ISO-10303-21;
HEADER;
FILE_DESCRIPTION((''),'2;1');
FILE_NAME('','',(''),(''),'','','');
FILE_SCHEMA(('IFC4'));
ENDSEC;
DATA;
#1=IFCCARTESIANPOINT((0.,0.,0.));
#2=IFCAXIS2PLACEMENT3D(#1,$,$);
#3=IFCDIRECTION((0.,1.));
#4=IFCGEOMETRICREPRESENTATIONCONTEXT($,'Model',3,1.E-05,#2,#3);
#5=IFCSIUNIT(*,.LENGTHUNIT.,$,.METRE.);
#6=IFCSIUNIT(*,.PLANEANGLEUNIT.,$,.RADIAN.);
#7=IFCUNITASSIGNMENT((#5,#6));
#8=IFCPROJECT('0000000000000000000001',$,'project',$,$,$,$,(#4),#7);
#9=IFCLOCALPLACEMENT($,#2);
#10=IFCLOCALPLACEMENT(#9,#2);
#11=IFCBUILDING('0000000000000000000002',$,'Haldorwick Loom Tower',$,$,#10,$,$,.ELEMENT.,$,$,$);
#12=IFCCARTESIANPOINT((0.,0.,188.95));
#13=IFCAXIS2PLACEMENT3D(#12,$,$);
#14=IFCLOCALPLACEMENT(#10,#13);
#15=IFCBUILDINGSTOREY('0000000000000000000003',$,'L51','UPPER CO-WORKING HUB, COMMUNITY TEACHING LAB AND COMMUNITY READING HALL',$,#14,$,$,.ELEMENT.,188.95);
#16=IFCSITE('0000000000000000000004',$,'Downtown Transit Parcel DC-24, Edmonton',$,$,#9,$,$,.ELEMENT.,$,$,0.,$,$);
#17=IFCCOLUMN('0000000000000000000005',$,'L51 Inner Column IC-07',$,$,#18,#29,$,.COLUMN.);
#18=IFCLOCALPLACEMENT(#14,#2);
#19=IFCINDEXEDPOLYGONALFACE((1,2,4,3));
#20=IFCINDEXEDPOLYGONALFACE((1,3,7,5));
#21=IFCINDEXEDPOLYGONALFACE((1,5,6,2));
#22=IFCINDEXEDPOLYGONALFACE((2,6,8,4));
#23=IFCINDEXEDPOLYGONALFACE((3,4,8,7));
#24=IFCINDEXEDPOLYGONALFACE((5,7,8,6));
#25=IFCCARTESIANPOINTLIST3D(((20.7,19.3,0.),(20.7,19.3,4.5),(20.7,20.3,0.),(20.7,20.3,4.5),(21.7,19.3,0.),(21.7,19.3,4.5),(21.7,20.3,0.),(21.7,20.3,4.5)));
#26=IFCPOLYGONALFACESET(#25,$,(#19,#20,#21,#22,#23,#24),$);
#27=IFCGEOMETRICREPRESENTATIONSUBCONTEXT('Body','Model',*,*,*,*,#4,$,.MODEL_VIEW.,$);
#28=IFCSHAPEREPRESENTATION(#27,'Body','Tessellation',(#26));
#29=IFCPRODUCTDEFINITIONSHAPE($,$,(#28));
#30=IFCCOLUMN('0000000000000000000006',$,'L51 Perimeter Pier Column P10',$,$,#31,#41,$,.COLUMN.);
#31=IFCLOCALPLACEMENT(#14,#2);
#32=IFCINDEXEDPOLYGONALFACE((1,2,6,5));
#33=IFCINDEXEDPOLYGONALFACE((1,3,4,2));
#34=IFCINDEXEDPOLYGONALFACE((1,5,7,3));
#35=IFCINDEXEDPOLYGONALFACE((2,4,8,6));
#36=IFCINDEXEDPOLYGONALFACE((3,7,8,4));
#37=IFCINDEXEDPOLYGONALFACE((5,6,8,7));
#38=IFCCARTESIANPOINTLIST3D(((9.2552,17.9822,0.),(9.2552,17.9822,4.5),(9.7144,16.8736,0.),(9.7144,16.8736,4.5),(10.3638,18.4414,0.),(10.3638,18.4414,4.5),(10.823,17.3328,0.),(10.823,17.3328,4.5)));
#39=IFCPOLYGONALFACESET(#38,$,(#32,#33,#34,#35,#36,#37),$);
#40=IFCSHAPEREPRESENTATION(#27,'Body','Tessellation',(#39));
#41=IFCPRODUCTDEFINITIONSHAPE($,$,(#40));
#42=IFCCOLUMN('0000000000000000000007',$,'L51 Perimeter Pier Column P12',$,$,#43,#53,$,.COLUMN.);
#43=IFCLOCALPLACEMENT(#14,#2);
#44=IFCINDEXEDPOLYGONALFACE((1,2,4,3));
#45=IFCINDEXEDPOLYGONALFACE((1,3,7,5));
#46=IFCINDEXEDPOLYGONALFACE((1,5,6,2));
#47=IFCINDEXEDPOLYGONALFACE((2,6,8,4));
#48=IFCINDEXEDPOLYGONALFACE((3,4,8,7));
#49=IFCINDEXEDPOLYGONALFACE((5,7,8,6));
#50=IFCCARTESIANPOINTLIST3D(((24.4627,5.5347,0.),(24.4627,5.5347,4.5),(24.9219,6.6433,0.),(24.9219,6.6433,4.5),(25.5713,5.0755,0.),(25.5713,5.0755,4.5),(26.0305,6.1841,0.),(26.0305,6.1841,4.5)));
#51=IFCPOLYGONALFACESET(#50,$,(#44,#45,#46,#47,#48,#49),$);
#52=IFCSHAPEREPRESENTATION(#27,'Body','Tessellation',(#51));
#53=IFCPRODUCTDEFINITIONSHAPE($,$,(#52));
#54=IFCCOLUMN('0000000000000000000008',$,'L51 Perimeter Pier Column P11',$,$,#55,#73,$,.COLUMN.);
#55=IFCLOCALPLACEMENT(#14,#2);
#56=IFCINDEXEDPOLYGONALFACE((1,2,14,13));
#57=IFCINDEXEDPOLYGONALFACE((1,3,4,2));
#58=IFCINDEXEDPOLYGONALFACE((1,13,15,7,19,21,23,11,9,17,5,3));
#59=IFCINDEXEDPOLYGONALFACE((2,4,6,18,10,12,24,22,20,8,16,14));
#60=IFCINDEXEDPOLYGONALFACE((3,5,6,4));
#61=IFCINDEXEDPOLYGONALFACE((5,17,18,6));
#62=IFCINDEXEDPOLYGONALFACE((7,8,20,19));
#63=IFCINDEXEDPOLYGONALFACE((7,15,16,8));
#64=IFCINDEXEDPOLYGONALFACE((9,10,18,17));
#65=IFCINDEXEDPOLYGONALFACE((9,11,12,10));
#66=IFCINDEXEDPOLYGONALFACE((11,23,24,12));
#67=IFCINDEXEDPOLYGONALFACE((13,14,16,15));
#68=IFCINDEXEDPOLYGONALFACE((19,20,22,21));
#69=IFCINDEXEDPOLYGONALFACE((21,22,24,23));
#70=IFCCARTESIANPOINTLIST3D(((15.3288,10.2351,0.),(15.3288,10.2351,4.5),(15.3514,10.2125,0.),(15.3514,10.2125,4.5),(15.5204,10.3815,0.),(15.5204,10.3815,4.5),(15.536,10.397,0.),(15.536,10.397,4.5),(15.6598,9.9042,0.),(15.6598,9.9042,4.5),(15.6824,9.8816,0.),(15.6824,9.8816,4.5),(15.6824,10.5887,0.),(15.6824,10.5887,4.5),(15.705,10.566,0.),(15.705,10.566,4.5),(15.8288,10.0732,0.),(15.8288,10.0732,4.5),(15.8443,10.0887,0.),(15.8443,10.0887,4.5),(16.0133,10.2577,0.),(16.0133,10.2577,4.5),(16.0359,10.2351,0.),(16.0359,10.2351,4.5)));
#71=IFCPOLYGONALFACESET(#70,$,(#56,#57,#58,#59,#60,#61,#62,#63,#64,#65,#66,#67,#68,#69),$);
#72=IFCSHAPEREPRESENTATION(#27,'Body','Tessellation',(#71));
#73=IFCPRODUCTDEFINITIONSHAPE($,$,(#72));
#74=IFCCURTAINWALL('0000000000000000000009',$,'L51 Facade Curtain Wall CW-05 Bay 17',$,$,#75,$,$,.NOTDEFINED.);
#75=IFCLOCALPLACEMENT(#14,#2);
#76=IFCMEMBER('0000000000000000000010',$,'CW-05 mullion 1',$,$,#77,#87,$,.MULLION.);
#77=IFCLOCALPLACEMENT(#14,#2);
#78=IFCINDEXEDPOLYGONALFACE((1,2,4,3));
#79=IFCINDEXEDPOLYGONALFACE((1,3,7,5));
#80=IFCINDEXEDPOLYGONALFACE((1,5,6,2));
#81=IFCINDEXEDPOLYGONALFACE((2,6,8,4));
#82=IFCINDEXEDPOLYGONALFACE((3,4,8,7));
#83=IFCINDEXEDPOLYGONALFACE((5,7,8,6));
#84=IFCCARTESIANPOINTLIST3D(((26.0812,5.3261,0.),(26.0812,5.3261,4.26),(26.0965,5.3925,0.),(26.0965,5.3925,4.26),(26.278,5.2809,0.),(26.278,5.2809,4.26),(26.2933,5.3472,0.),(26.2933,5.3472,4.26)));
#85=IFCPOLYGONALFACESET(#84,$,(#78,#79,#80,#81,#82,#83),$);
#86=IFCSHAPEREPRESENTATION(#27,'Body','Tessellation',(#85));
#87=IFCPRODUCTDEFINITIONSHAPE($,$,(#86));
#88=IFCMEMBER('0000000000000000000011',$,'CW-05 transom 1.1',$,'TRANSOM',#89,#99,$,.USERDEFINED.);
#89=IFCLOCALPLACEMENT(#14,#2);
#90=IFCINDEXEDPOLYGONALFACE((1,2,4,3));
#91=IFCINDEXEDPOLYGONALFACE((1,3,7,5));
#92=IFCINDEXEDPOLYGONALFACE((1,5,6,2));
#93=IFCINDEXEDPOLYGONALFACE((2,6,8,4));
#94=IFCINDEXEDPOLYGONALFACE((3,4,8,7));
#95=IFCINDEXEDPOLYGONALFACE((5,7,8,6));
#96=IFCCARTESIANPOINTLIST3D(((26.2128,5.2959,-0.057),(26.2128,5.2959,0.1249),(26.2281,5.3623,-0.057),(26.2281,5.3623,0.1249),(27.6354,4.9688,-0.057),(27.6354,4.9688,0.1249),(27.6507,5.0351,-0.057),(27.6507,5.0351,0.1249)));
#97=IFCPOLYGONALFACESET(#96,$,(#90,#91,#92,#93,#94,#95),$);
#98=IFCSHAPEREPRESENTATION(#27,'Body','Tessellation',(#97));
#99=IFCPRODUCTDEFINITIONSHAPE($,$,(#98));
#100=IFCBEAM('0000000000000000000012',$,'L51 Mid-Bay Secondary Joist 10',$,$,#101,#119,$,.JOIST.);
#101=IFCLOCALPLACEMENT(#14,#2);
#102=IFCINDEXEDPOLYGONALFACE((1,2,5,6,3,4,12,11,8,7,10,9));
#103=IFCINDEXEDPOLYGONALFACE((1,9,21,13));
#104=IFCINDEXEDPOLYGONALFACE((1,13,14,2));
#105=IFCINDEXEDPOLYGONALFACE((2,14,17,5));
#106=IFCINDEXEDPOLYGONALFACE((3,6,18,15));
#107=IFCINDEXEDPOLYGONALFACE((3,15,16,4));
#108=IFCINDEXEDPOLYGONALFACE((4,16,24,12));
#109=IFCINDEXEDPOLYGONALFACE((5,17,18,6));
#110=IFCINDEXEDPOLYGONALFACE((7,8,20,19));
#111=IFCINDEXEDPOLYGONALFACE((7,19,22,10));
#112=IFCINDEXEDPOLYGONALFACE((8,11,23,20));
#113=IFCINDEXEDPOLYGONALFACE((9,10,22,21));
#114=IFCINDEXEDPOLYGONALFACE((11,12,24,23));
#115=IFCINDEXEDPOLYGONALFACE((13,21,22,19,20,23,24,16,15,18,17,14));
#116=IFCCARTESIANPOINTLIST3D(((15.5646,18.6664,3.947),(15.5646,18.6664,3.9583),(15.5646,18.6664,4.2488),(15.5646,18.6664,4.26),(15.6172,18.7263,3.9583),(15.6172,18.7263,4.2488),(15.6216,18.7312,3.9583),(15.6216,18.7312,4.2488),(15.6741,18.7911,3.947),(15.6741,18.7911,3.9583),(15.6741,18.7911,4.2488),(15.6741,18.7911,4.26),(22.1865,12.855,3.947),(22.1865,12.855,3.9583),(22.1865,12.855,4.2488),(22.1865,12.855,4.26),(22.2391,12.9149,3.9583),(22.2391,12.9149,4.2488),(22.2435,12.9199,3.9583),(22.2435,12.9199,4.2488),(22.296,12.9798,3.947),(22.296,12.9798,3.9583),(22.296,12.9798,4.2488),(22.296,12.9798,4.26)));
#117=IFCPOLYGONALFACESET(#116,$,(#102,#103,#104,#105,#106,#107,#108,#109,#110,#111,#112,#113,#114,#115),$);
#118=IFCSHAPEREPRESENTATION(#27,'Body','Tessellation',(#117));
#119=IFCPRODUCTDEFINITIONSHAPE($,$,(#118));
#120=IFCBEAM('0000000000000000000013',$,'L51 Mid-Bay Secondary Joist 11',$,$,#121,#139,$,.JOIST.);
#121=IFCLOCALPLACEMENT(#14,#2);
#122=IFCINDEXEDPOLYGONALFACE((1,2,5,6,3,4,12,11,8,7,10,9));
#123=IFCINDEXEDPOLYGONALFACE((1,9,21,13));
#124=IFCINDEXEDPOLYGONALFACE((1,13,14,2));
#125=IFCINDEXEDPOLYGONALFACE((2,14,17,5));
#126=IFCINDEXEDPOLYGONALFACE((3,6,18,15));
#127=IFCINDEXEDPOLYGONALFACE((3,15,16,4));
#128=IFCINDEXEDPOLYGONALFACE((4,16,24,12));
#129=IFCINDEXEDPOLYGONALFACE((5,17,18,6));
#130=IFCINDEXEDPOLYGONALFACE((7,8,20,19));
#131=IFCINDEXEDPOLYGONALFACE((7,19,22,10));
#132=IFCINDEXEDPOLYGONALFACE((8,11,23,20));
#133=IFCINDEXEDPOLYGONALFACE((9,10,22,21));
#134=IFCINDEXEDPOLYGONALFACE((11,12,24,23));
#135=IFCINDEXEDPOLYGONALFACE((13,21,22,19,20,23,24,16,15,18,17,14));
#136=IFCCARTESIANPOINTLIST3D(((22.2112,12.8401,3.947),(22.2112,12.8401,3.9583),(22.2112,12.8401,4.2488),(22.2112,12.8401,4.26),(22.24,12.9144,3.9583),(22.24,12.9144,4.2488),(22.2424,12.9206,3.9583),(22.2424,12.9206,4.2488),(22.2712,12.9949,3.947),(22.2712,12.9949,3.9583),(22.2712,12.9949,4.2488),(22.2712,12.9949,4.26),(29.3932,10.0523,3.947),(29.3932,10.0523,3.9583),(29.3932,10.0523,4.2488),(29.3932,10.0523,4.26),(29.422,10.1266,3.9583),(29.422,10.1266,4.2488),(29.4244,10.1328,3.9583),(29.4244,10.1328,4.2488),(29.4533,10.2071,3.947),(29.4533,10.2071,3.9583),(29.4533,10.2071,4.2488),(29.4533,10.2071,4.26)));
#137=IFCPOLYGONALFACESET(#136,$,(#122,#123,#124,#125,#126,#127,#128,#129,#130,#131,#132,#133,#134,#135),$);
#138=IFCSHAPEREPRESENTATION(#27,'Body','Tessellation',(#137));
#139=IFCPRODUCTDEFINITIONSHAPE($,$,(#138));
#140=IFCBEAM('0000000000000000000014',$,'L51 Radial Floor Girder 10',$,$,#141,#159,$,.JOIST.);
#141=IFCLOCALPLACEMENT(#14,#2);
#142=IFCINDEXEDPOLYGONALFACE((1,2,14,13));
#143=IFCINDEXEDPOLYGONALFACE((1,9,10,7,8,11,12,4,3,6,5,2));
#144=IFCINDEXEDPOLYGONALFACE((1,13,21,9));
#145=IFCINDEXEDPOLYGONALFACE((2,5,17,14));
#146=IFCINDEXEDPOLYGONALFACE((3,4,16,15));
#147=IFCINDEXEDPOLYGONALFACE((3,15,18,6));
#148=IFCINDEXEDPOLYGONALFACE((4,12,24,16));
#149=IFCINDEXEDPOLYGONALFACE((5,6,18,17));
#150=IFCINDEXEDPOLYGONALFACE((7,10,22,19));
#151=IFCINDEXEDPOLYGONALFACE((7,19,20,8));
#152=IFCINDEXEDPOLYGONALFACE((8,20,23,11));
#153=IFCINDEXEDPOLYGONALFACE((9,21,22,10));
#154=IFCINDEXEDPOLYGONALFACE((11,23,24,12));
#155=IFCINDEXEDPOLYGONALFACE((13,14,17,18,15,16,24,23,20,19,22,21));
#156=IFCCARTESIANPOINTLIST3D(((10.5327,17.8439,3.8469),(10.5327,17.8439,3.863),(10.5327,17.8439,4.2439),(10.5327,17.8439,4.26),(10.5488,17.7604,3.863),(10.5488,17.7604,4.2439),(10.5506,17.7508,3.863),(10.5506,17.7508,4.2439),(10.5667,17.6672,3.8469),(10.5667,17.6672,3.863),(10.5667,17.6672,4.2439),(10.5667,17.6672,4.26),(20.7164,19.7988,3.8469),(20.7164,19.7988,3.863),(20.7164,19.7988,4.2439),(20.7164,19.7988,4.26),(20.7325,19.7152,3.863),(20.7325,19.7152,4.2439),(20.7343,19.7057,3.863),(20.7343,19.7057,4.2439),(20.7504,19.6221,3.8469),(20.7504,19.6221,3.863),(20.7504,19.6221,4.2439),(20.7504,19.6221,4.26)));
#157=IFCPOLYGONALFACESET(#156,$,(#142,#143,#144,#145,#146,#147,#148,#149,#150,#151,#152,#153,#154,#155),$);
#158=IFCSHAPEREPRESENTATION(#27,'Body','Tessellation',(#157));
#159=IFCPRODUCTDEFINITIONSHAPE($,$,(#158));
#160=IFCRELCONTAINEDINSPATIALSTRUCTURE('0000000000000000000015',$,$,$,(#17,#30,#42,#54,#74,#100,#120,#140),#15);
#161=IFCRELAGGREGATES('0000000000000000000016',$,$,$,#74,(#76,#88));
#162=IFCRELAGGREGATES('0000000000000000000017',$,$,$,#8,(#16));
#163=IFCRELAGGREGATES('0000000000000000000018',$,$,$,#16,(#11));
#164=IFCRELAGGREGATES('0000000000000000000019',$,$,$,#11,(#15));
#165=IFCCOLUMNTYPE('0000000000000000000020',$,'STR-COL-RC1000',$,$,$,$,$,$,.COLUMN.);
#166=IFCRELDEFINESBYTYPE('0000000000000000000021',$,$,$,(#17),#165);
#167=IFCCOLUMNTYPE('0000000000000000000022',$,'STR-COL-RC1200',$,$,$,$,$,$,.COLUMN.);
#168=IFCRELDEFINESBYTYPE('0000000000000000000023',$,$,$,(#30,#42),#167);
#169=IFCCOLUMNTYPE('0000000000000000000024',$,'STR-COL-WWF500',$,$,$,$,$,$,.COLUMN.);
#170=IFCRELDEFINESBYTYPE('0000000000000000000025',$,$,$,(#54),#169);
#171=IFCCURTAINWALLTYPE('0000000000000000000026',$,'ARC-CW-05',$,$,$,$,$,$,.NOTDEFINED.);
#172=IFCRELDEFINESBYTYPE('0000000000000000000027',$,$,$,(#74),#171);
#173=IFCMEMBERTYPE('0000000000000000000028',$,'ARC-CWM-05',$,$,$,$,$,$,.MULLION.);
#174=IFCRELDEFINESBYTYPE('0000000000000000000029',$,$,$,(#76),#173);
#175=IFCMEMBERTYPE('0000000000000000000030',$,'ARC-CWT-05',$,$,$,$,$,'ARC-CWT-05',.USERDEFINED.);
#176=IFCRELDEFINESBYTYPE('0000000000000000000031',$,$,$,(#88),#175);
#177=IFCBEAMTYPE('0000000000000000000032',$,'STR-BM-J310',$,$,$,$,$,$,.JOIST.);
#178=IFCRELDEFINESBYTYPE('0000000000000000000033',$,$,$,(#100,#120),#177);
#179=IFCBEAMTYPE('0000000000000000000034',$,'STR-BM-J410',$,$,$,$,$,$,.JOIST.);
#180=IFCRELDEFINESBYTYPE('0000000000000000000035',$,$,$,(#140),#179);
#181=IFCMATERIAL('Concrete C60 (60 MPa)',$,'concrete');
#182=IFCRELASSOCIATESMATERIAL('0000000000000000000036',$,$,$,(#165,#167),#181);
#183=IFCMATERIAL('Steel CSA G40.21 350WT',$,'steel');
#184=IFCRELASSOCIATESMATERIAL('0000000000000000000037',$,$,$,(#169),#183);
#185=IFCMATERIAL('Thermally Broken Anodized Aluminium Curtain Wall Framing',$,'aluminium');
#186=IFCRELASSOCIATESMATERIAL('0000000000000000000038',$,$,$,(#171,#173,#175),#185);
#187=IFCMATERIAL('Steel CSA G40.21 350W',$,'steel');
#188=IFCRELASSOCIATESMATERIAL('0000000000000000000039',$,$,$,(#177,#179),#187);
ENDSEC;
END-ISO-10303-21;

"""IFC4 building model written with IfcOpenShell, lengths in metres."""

from ifc_helpers import new_model, si_unit, direction, frame, origin, origin_2d, place, context, subcontext, project, spatial, rectangle, i_section, extrude, material, material_profile, profile_set, type_object, element, aggregate, save


model = new_model("IFC4")

# Units and contexts
model_context = context("Model", 3, precision=1e-05, world=origin(), true_north=direction((0.0, 1.0)))
body_context = subcontext(model_context, "Body", "Model", "MODEL_VIEW")
ifc_project = project(units=[si_unit("LENGTHUNIT", "METRE"), si_unit("PLANEANGLEUNIT", "RADIAN")], contexts=[model_context])

# Site, building, storey
site_placement = place(None, origin())
site = spatial("IfcSite", under=ifc_project, at=site_placement, Name="Downtown Transit Parcel DC-24, Edmonton", CompositionType="ELEMENT", RefElevation=0.0)
building_placement = place(site_placement, origin())
building = spatial("IfcBuilding", under=site, at=building_placement, Name="Haldorwick Loom Tower", CompositionType="ELEMENT")
storey_placement = place(building_placement, frame((0.0, 0.0, 188.95)))
storey = spatial("IfcBuildingStorey", under=building, at=storey_placement, Name="L51", Description="UPPER CO-WORKING HUB, COMMUNITY TEACHING LAB AND COMMUNITY READING HALL", CompositionType="ELEMENT", Elevation=188.95)

# Columns
ifc_material_1 = material(Name="Concrete C60 (60 MPa)", Category="concrete")
ifc_material_profile_1 = material_profile(ifc_material_1, rectangle(XDim=1.0, YDim=1.0, at=origin_2d()), Name="RC1000X1000", Category="concrete")
ifc_profile_set_1 = profile_set([ifc_material_profile_1], Name="Concrete C60 (60 MPa)")
column_type_1 = type_object("IfcColumnType", Name="STR-COL-RC1000", PredefinedType="COLUMN", material=ifc_profile_set_1)
column_1_placement = place(storey_placement, frame((21.2, 19.8, 0.0), z_axis=(0.0, 0.0, 1.0), x_axis=(1.0, 0.0, 0.0)))
element("IfcColumn", 1, at=column_1_placement, inside=storey, type_object=column_type_1, Name="L51 Inner Column IC-07", PredefinedType="COLUMN", context=body_context, shape_type="SweptSolid", body=[
    extrude(rectangle(XDim=1.0, YDim=1.0, at=origin_2d()), origin(), (0.0, 0.0, 1.0), 4.5),
])
ifc_material_profile_2 = material_profile(ifc_material_1, rectangle(XDim=1.2, YDim=1.2, at=origin_2d()), Name="RC1200X1200", Category="concrete")
ifc_profile_set_2 = profile_set([ifc_material_profile_2], Name="Concrete C60 (60 MPa)")
column_type_2 = type_object("IfcColumnType", Name="STR-COL-RC1200", PredefinedType="COLUMN", material=ifc_profile_set_2)
for number, where, z_axis, x_axis, name in (
    (2, (10.0391, 17.6575, 0.0), (0.0, 0.0, 1.0), (-0.92388, -0.382683, 0.0), "L51 Perimeter Pier Column P10"),
    (3, (25.2466, 5.8594, 0.0), (0.0, 0.0, 1.0), (-0.382683, -0.92388, 0.0), "L51 Perimeter Pier Column P12"),
):
    element("IfcColumn", number, at=place(storey_placement, frame(where, z_axis=z_axis, x_axis=x_axis)), inside=storey, type_object=column_type_2, Name=name, PredefinedType="COLUMN", context=body_context, shape_type="SweptSolid", body=[
        extrude(rectangle(XDim=1.2, YDim=1.2, at=origin_2d()), origin(), (0.0, 0.0, 1.0), 4.5),
    ])
ifc_material_2 = material(Name="Steel CSA G40.21 350WT", Category="steel")
ifc_material_profile_3 = material_profile(ifc_material_2, i_section(OverallWidth=0.5, OverallDepth=0.5, WebThickness=0.022, FlangeThickness=0.032, at=origin_2d()), Name="WWF500X500", Category="steel")
ifc_profile_set_3 = profile_set([ifc_material_profile_3], Name="Steel CSA G40.21 350WT")
column_type_3 = type_object("IfcColumnType", Name="STR-COL-WWF500", PredefinedType="COLUMN", material=ifc_profile_set_3)
column_2_placement = place(storey_placement, frame((15.6824, 10.2351, 0.0), z_axis=(0.0, 0.0, 1.0), x_axis=(-0.707107, -0.707107, 0.0)))
element("IfcColumn", 4, at=column_2_placement, inside=storey, type_object=column_type_3, Name="L51 Perimeter Pier Column P11", PredefinedType="COLUMN", context=body_context, shape_type="SweptSolid", body=[
    extrude(i_section(OverallWidth=0.5, OverallDepth=0.5, WebThickness=0.022, FlangeThickness=0.032, at=origin_2d()), origin(), (0.0, 0.0, 1.0), 4.5),
])

# Curtain wall, members
ifc_material_3 = material(Name="Thermally Broken Anodized Aluminium Curtain Wall Framing", Category="aluminium")
curtain_wall_type = type_object("IfcCurtainWallType", Name="ARC-CW-05", PredefinedType="NOTDEFINED", material=ifc_material_3)
curtain_wall_placement = place(storey_placement, origin())
curtain_wall = element("IfcCurtainWall", 5, at=curtain_wall_placement, inside=storey, type_object=curtain_wall_type, Name="L51 Facade Curtain Wall CW-05 Bay 17", PredefinedType="NOTDEFINED")
ifc_material_profile_4 = material_profile(ifc_material_3, rectangle(XDim=0.0681, YDim=0.2019, at=origin_2d()), Name="ALU_MUL_68X202", Category="aluminium")
ifc_profile_set_4 = profile_set([ifc_material_profile_4], Name="Thermally Broken Anodized Aluminium Curtain Wall Framing")
member_type_1 = type_object("IfcMemberType", Name="ARC-CWM-05", PredefinedType="MULLION", material=ifc_profile_set_4)
member_1_placement = place(storey_placement, frame((26.1873, 5.3367, 0.0), z_axis=(0.0, 0.0, 1.0), x_axis=(0.224142, 0.974557, 0.0)))
member_1 = element("IfcMember", 6, at=member_1_placement, type_object=member_type_1, Name="CW-05 mullion 1", PredefinedType="MULLION", context=body_context, shape_type="SweptSolid", body=[
    extrude(rectangle(XDim=0.0681, YDim=0.2019, at=origin_2d()), origin(), (0.0, 0.0, 1.0), 4.26),
])
ifc_material_profile_5 = material_profile(ifc_material_3, rectangle(XDim=0.0681, YDim=0.1819, at=origin_2d()), Name="ALU_TRN_68X182", Category="aluminium")
ifc_profile_set_5 = profile_set([ifc_material_profile_5], Name="Thermally Broken Anodized Aluminium Curtain Wall Framing")
member_type_2 = type_object("IfcMemberType", Name="ARC-CWT-05", ElementType="ARC-CWT-05", PredefinedType="USERDEFINED", material=ifc_profile_set_5)
member_2_placement = place(storey_placement, frame((26.2205, 5.3291, 0.0339), z_axis=(0.974563, -0.224114, 0.0), x_axis=(0.224114, 0.974563, 0.0)))
member_2 = element("IfcMember", 7, at=member_2_placement, type_object=member_type_2, Name="CW-05 transom 1.1", ObjectType="TRANSOM", PredefinedType="USERDEFINED", context=body_context, shape_type="SweptSolid", body=[
    extrude(rectangle(XDim=0.0681, YDim=0.1819, at=origin_2d()), origin(), (0.0, 0.0, 1.0), 1.4597),
])
aggregate(curtain_wall, [member_1, member_2])

# Beams
ifc_material_4 = material(Name="Steel CSA G40.21 350W", Category="steel")
ifc_material_profile_6 = material_profile(ifc_material_4, i_section(OverallWidth=0.166, OverallDepth=0.313, WebThickness=0.0066, FlangeThickness=0.0112, at=origin_2d()), Name="W310X45", Category="steel")
ifc_profile_set_6 = profile_set([ifc_material_profile_6], Name="Steel CSA G40.21 350W")
beam_type_1 = type_object("IfcBeamType", Name="STR-BM-J310", PredefinedType="JOIST", material=ifc_profile_set_6)
beam_1_placement = place(storey_placement, frame((15.6194, 18.7288, 4.1035), z_axis=(0.751609, -0.659608, 0.0), x_axis=(0.659608, 0.751609, 0.0)))
element("IfcBeam", 8, at=beam_1_placement, inside=storey, type_object=beam_type_1, Name="L51 Mid-Bay Secondary Joist 10", PredefinedType="JOIST", context=body_context, shape_type="SweptSolid", body=[
    extrude(i_section(OverallWidth=0.166, OverallDepth=0.313, WebThickness=0.0066, FlangeThickness=0.0112, at=origin_2d()), origin(), (0.0, 0.0, 1.0), 8.8103),
])
beam_2_placement = place(storey_placement, frame((22.2412, 12.9175, 4.1035), z_axis=(0.932233, -0.361859, 0.0), x_axis=(0.361859, 0.932233, 0.0)))
element("IfcBeam", 9, at=beam_2_placement, inside=storey, type_object=beam_type_1, Name="L51 Mid-Bay Secondary Joist 11", PredefinedType="JOIST", context=body_context, shape_type="SweptSolid", body=[
    extrude(i_section(OverallWidth=0.166, OverallDepth=0.313, WebThickness=0.0066, FlangeThickness=0.0112, at=origin_2d()), origin(), (0.0, 0.0, 1.0), 7.7041),
])
ifc_material_profile_7 = material_profile(ifc_material_4, i_section(OverallWidth=0.1799, OverallDepth=0.4131, WebThickness=0.0098, FlangeThickness=0.0161, at=origin_2d()), Name="W410X74", Category="steel")
ifc_profile_set_7 = profile_set([ifc_material_profile_7], Name="Steel CSA G40.21 350W")
beam_type_2 = type_object("IfcBeamType", Name="STR-BM-J410", PredefinedType="JOIST", material=ifc_profile_set_7)
beam_3_placement = place(storey_placement, frame((20.7334, 19.7104, 4.0535), z_axis=(-0.98207, -0.188517, 0.0), x_axis=(0.188517, -0.98207, 0.0)))
element("IfcBeam", 10, at=beam_3_placement, inside=storey, type_object=beam_type_2, Name="L51 Radial Floor Girder 10", PredefinedType="JOIST", context=body_context, shape_type="SweptSolid", body=[
    extrude(i_section(OverallWidth=0.1799, OverallDepth=0.4131, WebThickness=0.0098, FlangeThickness=0.0161, at=origin_2d()), origin(), (0.0, 0.0, 1.0), 10.3696),
])

save(model, "model.ifc")
